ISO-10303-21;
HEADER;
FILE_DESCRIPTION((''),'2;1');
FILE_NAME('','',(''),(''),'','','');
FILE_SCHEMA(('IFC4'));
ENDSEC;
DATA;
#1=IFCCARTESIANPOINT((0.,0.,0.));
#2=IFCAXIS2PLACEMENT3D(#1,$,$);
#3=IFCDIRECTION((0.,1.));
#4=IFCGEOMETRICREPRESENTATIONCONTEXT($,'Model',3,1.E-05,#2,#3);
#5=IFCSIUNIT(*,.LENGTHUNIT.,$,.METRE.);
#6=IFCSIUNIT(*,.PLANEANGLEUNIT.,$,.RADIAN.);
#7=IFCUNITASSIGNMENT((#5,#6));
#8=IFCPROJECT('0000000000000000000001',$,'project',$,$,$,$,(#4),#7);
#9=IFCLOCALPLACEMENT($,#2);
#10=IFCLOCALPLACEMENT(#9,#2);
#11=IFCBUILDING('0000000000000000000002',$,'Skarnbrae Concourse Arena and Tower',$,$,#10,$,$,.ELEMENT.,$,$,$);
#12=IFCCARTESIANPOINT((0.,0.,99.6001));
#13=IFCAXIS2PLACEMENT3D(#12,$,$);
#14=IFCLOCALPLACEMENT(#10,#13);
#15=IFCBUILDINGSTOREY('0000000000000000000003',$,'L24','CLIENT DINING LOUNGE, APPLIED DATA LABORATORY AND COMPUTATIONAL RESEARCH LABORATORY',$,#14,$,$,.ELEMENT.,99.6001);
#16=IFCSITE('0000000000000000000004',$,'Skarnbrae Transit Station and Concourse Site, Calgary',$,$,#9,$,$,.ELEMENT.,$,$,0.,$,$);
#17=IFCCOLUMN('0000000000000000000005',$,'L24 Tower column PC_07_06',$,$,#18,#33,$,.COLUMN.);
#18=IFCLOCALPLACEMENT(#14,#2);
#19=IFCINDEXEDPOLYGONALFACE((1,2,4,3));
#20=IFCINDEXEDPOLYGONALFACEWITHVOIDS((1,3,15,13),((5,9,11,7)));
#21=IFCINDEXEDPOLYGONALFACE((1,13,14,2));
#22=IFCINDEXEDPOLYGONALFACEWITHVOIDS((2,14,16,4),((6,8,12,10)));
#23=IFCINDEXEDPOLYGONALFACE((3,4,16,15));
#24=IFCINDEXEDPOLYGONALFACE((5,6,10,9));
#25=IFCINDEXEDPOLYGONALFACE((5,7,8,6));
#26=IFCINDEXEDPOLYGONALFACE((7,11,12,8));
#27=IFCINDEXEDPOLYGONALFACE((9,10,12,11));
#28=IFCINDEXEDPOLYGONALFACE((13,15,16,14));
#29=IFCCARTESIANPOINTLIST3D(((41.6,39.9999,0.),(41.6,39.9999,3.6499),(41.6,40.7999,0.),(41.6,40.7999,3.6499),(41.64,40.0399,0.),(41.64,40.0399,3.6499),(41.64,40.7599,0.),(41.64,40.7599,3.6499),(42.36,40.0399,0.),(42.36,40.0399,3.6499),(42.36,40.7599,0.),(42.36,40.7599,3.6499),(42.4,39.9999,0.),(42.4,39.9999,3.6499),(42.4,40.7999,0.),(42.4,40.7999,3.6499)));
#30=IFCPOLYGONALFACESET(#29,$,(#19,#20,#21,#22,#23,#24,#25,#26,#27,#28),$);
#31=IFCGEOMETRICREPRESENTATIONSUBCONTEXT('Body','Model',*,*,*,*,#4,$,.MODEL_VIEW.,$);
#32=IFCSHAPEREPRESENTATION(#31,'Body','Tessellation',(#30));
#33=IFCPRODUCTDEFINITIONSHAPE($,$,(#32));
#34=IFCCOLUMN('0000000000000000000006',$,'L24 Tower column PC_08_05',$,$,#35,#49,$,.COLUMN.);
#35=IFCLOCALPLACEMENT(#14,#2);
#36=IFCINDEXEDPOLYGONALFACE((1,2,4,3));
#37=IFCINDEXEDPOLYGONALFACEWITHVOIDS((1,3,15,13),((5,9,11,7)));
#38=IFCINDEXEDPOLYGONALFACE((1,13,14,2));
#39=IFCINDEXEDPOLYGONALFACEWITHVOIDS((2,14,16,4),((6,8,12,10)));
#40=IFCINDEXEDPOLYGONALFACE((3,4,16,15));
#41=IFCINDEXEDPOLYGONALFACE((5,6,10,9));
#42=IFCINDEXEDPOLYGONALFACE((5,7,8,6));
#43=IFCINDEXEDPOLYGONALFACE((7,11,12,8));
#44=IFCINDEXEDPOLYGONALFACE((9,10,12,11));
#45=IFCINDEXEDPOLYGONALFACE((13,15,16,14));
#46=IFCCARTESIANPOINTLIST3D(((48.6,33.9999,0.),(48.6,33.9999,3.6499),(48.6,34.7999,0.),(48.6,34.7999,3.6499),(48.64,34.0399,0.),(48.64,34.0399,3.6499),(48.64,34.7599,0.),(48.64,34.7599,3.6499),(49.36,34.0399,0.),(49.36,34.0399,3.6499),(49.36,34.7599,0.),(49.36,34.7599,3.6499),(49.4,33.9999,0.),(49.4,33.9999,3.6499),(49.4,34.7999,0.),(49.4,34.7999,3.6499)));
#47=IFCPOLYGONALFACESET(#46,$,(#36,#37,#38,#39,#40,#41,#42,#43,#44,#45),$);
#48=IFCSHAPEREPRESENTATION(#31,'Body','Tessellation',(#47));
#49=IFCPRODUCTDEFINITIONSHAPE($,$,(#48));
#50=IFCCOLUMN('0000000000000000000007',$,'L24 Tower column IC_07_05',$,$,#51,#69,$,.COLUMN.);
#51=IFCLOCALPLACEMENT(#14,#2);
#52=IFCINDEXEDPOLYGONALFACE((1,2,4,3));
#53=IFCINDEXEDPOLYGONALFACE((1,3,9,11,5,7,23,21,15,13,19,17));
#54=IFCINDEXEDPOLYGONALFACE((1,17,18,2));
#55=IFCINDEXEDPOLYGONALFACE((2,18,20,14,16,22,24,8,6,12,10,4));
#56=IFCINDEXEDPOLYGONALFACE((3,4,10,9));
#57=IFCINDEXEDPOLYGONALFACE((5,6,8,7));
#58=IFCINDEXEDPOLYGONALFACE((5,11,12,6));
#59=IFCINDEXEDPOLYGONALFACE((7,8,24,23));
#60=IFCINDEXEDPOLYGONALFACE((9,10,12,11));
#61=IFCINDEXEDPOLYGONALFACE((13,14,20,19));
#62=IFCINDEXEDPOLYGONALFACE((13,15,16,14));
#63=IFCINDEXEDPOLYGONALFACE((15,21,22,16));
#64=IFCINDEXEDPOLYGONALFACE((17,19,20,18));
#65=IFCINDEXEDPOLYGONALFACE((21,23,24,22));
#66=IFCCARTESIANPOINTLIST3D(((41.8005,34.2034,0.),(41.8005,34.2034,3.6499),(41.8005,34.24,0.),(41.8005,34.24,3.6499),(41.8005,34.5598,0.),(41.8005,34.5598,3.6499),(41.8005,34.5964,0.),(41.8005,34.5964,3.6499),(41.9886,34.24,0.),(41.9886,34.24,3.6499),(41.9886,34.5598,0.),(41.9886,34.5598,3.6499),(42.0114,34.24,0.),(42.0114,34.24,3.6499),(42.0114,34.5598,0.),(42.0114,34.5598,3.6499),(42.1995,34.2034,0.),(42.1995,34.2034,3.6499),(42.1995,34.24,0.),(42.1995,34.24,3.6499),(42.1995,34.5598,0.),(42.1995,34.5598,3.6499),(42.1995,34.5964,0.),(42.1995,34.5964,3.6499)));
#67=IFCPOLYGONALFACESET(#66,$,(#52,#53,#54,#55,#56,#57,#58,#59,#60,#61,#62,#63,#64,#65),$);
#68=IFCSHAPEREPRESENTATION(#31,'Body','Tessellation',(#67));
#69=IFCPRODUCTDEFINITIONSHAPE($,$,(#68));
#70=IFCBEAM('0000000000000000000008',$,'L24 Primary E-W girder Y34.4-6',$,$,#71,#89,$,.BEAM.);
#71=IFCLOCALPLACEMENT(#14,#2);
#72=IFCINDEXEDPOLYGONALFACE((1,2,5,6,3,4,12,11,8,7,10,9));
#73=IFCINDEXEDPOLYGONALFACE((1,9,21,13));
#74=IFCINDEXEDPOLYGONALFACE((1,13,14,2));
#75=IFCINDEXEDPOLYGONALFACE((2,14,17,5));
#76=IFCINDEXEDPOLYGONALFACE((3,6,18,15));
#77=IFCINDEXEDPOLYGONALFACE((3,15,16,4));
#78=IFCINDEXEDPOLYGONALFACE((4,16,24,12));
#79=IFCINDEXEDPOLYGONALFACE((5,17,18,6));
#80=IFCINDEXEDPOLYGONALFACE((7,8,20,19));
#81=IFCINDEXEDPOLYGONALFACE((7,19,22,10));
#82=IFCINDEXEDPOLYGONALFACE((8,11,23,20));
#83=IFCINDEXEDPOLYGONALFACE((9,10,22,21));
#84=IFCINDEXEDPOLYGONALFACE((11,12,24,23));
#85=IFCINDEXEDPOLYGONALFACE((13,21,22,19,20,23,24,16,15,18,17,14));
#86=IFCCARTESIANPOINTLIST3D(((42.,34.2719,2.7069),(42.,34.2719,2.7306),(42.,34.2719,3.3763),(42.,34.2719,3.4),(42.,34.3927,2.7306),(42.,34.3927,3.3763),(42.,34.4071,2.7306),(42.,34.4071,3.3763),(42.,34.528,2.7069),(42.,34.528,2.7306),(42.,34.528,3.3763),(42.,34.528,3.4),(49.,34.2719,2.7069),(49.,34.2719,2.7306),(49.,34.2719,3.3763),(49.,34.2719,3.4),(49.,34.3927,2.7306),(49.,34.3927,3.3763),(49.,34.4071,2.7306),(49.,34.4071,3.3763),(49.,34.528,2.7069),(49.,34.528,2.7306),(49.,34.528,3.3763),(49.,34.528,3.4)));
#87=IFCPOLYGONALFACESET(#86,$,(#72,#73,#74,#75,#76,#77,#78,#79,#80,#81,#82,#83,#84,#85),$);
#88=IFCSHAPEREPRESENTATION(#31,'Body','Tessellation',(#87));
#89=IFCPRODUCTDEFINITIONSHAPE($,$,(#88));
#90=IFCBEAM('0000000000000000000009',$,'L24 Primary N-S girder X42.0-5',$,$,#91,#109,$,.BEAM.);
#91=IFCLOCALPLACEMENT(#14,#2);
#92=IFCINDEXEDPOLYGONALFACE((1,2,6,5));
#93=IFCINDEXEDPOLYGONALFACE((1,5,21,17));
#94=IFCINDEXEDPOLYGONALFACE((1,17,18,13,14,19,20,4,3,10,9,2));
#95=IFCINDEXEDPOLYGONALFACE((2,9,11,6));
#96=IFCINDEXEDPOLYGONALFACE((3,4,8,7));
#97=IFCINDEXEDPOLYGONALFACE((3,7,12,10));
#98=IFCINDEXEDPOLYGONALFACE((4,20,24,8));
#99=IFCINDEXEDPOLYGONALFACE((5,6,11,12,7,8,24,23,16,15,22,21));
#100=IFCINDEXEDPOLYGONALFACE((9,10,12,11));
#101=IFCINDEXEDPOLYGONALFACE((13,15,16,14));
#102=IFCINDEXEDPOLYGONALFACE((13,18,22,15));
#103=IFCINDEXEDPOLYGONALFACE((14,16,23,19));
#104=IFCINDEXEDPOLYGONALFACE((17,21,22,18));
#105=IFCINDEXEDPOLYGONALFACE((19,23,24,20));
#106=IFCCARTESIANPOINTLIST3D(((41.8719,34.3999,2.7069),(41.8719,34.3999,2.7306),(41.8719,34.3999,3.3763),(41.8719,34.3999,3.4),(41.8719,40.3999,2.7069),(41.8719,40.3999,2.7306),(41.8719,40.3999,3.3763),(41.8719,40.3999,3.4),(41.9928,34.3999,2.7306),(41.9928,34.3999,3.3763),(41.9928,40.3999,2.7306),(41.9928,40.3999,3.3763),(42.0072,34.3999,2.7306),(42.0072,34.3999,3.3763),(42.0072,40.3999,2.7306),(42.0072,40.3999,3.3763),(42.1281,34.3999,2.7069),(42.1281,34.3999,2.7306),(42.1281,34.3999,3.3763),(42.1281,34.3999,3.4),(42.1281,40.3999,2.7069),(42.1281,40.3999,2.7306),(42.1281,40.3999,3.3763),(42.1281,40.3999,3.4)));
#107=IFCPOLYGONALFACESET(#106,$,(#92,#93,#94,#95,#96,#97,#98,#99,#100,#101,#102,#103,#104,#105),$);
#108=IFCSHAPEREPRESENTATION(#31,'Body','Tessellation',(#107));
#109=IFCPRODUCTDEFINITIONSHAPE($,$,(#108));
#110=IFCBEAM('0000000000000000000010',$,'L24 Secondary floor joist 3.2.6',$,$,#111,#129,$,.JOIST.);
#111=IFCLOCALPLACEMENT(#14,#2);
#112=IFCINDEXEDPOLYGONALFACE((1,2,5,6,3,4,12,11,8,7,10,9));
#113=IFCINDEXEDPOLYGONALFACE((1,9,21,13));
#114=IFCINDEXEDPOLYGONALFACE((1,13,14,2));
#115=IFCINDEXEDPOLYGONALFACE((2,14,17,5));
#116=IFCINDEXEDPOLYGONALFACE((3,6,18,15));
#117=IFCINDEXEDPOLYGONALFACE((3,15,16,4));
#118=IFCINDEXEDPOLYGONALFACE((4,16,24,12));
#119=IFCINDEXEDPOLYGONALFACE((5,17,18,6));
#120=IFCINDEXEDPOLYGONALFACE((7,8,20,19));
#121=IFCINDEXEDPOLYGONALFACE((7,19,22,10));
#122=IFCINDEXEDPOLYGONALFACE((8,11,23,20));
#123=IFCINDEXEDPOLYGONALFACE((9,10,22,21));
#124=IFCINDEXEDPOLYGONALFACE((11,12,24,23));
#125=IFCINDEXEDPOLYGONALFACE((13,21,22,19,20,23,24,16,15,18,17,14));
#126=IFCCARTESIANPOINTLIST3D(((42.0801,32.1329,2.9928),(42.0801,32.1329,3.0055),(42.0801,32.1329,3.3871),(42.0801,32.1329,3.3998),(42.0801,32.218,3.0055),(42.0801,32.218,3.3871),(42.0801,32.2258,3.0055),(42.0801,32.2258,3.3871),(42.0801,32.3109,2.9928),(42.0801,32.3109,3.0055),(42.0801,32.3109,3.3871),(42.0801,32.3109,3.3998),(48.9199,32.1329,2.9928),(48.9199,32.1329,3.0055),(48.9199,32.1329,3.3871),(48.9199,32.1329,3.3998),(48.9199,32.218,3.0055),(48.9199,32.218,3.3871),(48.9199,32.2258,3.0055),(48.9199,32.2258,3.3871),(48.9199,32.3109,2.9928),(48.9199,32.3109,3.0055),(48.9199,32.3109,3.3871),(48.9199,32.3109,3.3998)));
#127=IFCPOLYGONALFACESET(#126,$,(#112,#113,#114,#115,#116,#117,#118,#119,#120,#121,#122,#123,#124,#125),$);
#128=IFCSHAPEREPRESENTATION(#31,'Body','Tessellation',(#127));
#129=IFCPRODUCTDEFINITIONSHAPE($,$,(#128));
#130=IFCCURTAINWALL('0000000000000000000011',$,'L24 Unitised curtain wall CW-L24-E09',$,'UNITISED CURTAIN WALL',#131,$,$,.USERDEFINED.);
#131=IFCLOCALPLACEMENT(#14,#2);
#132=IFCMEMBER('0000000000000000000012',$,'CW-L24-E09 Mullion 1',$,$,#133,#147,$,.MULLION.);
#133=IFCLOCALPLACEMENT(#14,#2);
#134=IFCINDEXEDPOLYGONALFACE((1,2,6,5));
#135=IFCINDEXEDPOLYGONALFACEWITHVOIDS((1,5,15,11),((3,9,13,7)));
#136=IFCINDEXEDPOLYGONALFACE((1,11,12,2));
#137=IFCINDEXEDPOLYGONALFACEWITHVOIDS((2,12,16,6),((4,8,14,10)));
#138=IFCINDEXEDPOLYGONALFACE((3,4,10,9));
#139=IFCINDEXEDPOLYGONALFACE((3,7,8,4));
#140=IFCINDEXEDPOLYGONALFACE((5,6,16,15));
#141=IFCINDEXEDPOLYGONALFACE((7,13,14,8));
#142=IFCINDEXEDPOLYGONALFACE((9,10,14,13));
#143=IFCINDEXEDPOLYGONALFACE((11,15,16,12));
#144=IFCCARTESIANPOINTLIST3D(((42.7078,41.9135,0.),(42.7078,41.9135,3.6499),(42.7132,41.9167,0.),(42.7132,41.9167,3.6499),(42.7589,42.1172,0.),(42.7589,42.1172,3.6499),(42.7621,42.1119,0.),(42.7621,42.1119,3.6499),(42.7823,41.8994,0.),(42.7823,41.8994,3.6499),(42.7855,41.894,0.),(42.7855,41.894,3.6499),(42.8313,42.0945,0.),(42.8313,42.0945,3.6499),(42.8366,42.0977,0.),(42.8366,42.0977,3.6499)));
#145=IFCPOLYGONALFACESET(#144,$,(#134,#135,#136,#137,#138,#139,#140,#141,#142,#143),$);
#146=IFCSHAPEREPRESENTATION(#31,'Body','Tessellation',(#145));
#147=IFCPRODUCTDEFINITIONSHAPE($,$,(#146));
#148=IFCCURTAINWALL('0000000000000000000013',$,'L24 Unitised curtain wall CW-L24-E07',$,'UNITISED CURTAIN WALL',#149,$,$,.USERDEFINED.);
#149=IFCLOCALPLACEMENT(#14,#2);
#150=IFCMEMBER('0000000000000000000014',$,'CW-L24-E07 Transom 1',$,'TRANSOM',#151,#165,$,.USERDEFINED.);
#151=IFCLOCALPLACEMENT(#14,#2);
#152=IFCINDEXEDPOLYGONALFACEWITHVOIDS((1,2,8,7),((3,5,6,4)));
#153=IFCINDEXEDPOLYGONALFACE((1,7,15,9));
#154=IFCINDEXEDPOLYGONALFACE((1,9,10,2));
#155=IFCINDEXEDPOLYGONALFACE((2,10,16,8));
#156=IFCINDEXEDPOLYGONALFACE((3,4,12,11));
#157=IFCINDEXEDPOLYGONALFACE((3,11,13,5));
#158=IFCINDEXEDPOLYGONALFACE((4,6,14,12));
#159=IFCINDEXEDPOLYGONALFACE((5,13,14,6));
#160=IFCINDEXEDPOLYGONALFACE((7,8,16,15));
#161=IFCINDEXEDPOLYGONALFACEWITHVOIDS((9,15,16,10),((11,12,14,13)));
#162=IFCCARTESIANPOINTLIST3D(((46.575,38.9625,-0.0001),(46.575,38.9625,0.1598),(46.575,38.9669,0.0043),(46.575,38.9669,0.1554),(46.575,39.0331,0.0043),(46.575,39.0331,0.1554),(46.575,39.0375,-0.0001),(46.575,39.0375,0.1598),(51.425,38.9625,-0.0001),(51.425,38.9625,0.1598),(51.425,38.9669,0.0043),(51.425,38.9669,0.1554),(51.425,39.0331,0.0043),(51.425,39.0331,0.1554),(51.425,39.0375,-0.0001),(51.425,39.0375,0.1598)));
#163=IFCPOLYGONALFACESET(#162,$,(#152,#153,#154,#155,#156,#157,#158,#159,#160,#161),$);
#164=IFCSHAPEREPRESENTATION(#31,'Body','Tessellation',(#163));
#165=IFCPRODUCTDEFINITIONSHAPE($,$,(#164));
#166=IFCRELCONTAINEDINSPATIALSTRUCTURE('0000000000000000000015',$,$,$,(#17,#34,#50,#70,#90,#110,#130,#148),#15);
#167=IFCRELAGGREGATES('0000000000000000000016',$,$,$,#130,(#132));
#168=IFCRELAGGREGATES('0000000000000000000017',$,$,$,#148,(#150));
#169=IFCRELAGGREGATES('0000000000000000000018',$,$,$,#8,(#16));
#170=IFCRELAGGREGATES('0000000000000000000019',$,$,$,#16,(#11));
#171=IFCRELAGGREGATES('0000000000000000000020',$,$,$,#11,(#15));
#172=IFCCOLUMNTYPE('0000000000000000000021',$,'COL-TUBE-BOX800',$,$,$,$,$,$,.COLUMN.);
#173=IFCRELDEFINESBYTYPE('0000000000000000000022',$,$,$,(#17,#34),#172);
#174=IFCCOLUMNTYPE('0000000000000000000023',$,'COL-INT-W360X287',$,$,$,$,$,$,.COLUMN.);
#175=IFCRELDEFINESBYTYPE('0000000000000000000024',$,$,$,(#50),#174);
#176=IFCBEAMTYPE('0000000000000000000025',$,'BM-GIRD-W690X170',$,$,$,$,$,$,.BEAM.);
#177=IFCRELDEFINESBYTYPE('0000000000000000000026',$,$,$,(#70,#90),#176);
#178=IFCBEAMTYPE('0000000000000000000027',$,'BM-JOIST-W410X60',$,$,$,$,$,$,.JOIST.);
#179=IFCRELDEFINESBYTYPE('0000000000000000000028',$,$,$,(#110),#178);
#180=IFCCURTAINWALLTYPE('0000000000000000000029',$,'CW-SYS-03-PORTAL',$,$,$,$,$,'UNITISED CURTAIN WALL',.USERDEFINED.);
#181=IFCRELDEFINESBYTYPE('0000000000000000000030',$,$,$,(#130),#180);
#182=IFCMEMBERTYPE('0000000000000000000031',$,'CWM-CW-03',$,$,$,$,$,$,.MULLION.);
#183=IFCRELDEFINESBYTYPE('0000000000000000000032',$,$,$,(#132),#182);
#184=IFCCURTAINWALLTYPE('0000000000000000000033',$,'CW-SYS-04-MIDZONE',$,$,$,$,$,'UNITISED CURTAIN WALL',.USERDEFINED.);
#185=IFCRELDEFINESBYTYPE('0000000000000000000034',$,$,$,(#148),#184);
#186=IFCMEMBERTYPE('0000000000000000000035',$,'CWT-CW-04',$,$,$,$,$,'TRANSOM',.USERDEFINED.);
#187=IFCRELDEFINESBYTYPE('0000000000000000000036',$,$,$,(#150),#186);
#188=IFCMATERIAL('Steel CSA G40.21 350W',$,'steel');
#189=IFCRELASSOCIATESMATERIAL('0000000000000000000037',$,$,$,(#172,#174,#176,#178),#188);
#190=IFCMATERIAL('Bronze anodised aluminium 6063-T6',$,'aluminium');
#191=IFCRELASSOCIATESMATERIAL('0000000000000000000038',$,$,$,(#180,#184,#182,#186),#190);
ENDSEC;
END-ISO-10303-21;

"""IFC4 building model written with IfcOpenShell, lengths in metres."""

from ifc_helpers import new_model, si_unit, direction, frame, origin, origin_2d, place, context, subcontext, project, spatial, hollow_rectangle, i_section, extrude, source, transform, mapped, material, material_profile, profile_set, type_object, element, aggregate, save


model = new_model("IFC4")

# Units and contexts
model_context = context("Model", 3, precision=1e-05, world=origin(), true_north=direction((0.0, 1.0)))
body_context = subcontext(model_context, "Body", "Model", "MODEL_VIEW")
ifc_project = project(units=[si_unit("LENGTHUNIT", "METRE"), si_unit("PLANEANGLEUNIT", "RADIAN")], contexts=[model_context])

# Site, building, storey
site_placement = place(None, origin())
site = spatial("IfcSite", under=ifc_project, at=site_placement, Name="Skarnbrae Transit Station and Concourse Site, Calgary", CompositionType="ELEMENT", RefElevation=0.0)
building_placement = place(site_placement, origin())
building = spatial("IfcBuilding", under=site, at=building_placement, Name="Skarnbrae Concourse Arena and Tower", CompositionType="ELEMENT")
storey_placement = place(building_placement, frame((0.0, 0.0, 99.6001)))
storey = spatial("IfcBuildingStorey", under=building, at=storey_placement, Name="L24", Description="CLIENT DINING LOUNGE, APPLIED DATA LABORATORY AND COMPUTATIONAL RESEARCH LABORATORY", CompositionType="ELEMENT", Elevation=99.6001)

# Columns
ifc_material_1 = material(Name="Steel CSA G40.21 350W", Category="steel")
ifc_material_profile_1 = material_profile(ifc_material_1, hollow_rectangle(XDim=0.8, YDim=0.8, WallThickness=0.04, at=origin_2d()), Name="BOX800X800X40")
ifc_profile_set_1 = profile_set([ifc_material_profile_1], Name="Steel CSA G40.21 350W")
column_type_1 = type_object("IfcColumnType", Name="COL-TUBE-BOX800", PredefinedType="COLUMN", material=ifc_profile_set_1)
shared_shape_1 = source(origin(), body_context, "Body", "SweptSolid", [
    extrude(hollow_rectangle(XDim=0.8, YDim=0.8, WallThickness=0.04, at=origin_2d()), origin(), (0.0, 0.0, 1.0), 3.6499),
])
for number, where, z_axis, x_axis, name in (
    (1, (42.0, 40.3999, 0.0), (0.0, 0.0, 1.0), (1.0, 0.0, 0.0), "L24 Tower column PC_07_06"),
    (2, (49.0, 34.3999, 0.0), (0.0, 0.0, 1.0), (1.0, 0.0, 0.0), "L24 Tower column PC_08_05"),
):
    element("IfcColumn", number, at=place(storey_placement, frame(where, z_axis=z_axis, x_axis=x_axis)), inside=storey, type_object=column_type_1, Name=name, PredefinedType="COLUMN", context=body_context, shape_type="MappedRepresentation", body=[
        mapped(shared_shape_1, transform((0.0, 0.0, 0.0))),
    ])
ifc_material_profile_2 = material_profile(ifc_material_1, i_section(OverallWidth=0.3989, OverallDepth=0.3931, WebThickness=0.0227, FlangeThickness=0.0366, at=origin_2d()), Name="W360X287")
ifc_profile_set_2 = profile_set([ifc_material_profile_2], Name="Steel CSA G40.21 350W")
column_type_2 = type_object("IfcColumnType", Name="COL-INT-W360X287", PredefinedType="COLUMN", material=ifc_profile_set_2)
shared_shape_2 = source(origin(), body_context, "Body", "SweptSolid", [
    extrude(i_section(OverallWidth=0.3989, OverallDepth=0.3931, WebThickness=0.0227, FlangeThickness=0.0366, at=origin_2d()), origin(), (0.0, 0.0, 1.0), 3.6499),
])
column_placement = place(storey_placement, frame((42.0, 34.3999, 0.0), z_axis=(0.0, 0.0, 1.0), x_axis=(1.0, 0.0, 0.0)))
element("IfcColumn", 3, at=column_placement, inside=storey, type_object=column_type_2, Name="L24 Tower column IC_07_05", PredefinedType="COLUMN", context=body_context, shape_type="MappedRepresentation", body=[
    mapped(shared_shape_2, transform((0.0, 0.0, 0.0))),
])

# Beams
ifc_material_profile_3 = material_profile(ifc_material_1, i_section(OverallWidth=0.2561, OverallDepth=0.6931, WebThickness=0.0144, FlangeThickness=0.0237, at=origin_2d()), Name="W690X170")
ifc_profile_set_3 = profile_set([ifc_material_profile_3], Name="Steel CSA G40.21 350W")
beam_type_1 = type_object("IfcBeamType", Name="BM-GIRD-W690X170", PredefinedType="BEAM", material=ifc_profile_set_3)
shared_shape_3 = source(origin(), body_context, "Body", "SweptSolid", [
    extrude(i_section(OverallWidth=0.2561, OverallDepth=0.6931, WebThickness=0.0144, FlangeThickness=0.0237, at=origin_2d()), origin(), (0.0, 0.0, 1.0), 7.0),
])
beam_1_placement = place(storey_placement, frame((42.0, 34.3999, 3.0535), z_axis=(1.0, 0.0, 0.0), x_axis=(0.0, 1.0, 0.0)))
element("IfcBeam", 4, at=beam_1_placement, inside=storey, type_object=beam_type_1, Name="L24 Primary E-W girder Y34.4-6", PredefinedType="BEAM", context=body_context, shape_type="MappedRepresentation", body=[
    mapped(shared_shape_3, transform((0.0, 0.0, 0.0))),
])
shared_shape_4 = source(origin(), body_context, "Body", "SweptSolid", [
    extrude(i_section(OverallWidth=0.2561, OverallDepth=0.6931, WebThickness=0.0144, FlangeThickness=0.0237, at=origin_2d()), origin(), (0.0, 0.0, 1.0), 6.0),
])
beam_2_placement = place(storey_placement, frame((42.0, 34.3999, 3.0535), z_axis=(0.0, 1.0, 0.0), x_axis=(-1.0, 0.0, 0.0)))
element("IfcBeam", 5, at=beam_2_placement, inside=storey, type_object=beam_type_1, Name="L24 Primary N-S girder X42.0-5", PredefinedType="BEAM", context=body_context, shape_type="MappedRepresentation", body=[
    mapped(shared_shape_4, transform((0.0, 0.0, 0.0))),
])
ifc_material_profile_4 = material_profile(ifc_material_1, i_section(OverallWidth=0.178, OverallDepth=0.407, WebThickness=0.0078, FlangeThickness=0.0127, at=origin_2d()), Name="W410X60")
ifc_profile_set_4 = profile_set([ifc_material_profile_4], Name="Steel CSA G40.21 350W")
beam_type_2 = type_object("IfcBeamType", Name="BM-JOIST-W410X60", PredefinedType="JOIST", material=ifc_profile_set_4)
shared_shape_5 = source(origin(), body_context, "Body", "SweptSolid", [
    extrude(i_section(OverallWidth=0.178, OverallDepth=0.407, WebThickness=0.0078, FlangeThickness=0.0127, at=origin_2d()), origin(), (0.0, 0.0, 1.0), 6.8398),
])
beam_3_placement = place(storey_placement, frame((42.0801, 32.2219, 3.1963), z_axis=(1.0, 0.0, 0.0), x_axis=(0.0, 1.0, 0.0)))
element("IfcBeam", 6, at=beam_3_placement, inside=storey, type_object=beam_type_2, Name="L24 Secondary floor joist 3.2.6", PredefinedType="JOIST", context=body_context, shape_type="MappedRepresentation", body=[
    mapped(shared_shape_5, transform((0.0, 0.0, 0.0))),
])

# Curtain walls, members
ifc_material_2 = material(Name="Bronze anodised aluminium 6063-T6", Category="aluminium")
curtain_wall_type_1 = type_object("IfcCurtainWallType", Name="CW-SYS-03-PORTAL", ElementType="UNITISED CURTAIN WALL", PredefinedType="USERDEFINED", material=ifc_material_2)
curtain_wall_1_placement = place(storey_placement, origin())
curtain_wall_1 = element("IfcCurtainWall", 7, at=curtain_wall_1_placement, inside=storey, type_object=curtain_wall_type_1, Name="L24 Unitised curtain wall CW-L24-E09", ObjectType="UNITISED CURTAIN WALL", PredefinedType="USERDEFINED")
ifc_material_profile_5 = material_profile(ifc_material_2, hollow_rectangle(XDim=0.0801, YDim=0.21, WallThickness=0.0044, at=origin_2d()), Name="ALU-MULL-80X210")
ifc_profile_set_5 = profile_set([ifc_material_profile_5], Name="Bronze anodised aluminium 6063-T6")
member_type_1 = type_object("IfcMemberType", Name="CWM-CW-03", PredefinedType="MULLION", material=ifc_profile_set_5)
shared_shape_6 = source(origin(), body_context, "Body", "SweptSolid", [
    extrude(hollow_rectangle(XDim=0.0801, YDim=0.21, WallThickness=0.0044, at=origin_2d()), origin(), (0.0, 0.0, 1.0), 3.6499),
])
member_1_placement = place(storey_placement, frame((42.7722, 42.0056, 0.0), z_axis=(0.0, 0.0, 1.0), x_axis=(-0.969903, 0.243491, 0.0)))
member_1 = element("IfcMember", 8, at=member_1_placement, type_object=member_type_1, Name="CW-L24-E09 Mullion 1", PredefinedType="MULLION", context=body_context, shape_type="MappedRepresentation", body=[
    mapped(shared_shape_6, transform((0.0, 0.0, 0.0))),
])
curtain_wall_type_2 = type_object("IfcCurtainWallType", Name="CW-SYS-04-MIDZONE", ElementType="UNITISED CURTAIN WALL", PredefinedType="USERDEFINED", material=ifc_material_2)
curtain_wall_2_placement = place(storey_placement, origin())
curtain_wall_2 = element("IfcCurtainWall", 9, at=curtain_wall_2_placement, inside=storey, type_object=curtain_wall_type_2, Name="L24 Unitised curtain wall CW-L24-E07", ObjectType="UNITISED CURTAIN WALL", PredefinedType="USERDEFINED")
ifc_material_profile_6 = material_profile(ifc_material_2, hollow_rectangle(XDim=0.075, YDim=0.1599, WallThickness=0.0044, at=origin_2d()), Name="ALU-TRAN-75X160")
ifc_profile_set_6 = profile_set([ifc_material_profile_6], Name="Bronze anodised aluminium 6063-T6")
member_type_2 = type_object("IfcMemberType", Name="CWT-CW-04", ElementType="TRANSOM", PredefinedType="USERDEFINED", material=ifc_profile_set_6)
shared_shape_7 = source(origin(), body_context, "Body", "SweptSolid", [
    extrude(hollow_rectangle(XDim=0.075, YDim=0.1599, WallThickness=0.0044, at=origin_2d()), origin(), (0.0, 0.0, 1.0), 4.8501),
])
member_2_placement = place(storey_placement, frame((51.425, 39.0, 0.0798), z_axis=(-1.0, 0.0, 0.0), x_axis=(0.0, -1.0, 0.0)))
member_2 = element("IfcMember", 10, at=member_2_placement, type_object=member_type_2, Name="CW-L24-E07 Transom 1", ObjectType="TRANSOM", PredefinedType="USERDEFINED", context=body_context, shape_type="MappedRepresentation", body=[
    mapped(shared_shape_7, transform((0.0, 0.0, 0.0))),
])

aggregate(curtain_wall_1, [member_1])

aggregate(curtain_wall_2, [member_2])

save(model, "model.ifc")
